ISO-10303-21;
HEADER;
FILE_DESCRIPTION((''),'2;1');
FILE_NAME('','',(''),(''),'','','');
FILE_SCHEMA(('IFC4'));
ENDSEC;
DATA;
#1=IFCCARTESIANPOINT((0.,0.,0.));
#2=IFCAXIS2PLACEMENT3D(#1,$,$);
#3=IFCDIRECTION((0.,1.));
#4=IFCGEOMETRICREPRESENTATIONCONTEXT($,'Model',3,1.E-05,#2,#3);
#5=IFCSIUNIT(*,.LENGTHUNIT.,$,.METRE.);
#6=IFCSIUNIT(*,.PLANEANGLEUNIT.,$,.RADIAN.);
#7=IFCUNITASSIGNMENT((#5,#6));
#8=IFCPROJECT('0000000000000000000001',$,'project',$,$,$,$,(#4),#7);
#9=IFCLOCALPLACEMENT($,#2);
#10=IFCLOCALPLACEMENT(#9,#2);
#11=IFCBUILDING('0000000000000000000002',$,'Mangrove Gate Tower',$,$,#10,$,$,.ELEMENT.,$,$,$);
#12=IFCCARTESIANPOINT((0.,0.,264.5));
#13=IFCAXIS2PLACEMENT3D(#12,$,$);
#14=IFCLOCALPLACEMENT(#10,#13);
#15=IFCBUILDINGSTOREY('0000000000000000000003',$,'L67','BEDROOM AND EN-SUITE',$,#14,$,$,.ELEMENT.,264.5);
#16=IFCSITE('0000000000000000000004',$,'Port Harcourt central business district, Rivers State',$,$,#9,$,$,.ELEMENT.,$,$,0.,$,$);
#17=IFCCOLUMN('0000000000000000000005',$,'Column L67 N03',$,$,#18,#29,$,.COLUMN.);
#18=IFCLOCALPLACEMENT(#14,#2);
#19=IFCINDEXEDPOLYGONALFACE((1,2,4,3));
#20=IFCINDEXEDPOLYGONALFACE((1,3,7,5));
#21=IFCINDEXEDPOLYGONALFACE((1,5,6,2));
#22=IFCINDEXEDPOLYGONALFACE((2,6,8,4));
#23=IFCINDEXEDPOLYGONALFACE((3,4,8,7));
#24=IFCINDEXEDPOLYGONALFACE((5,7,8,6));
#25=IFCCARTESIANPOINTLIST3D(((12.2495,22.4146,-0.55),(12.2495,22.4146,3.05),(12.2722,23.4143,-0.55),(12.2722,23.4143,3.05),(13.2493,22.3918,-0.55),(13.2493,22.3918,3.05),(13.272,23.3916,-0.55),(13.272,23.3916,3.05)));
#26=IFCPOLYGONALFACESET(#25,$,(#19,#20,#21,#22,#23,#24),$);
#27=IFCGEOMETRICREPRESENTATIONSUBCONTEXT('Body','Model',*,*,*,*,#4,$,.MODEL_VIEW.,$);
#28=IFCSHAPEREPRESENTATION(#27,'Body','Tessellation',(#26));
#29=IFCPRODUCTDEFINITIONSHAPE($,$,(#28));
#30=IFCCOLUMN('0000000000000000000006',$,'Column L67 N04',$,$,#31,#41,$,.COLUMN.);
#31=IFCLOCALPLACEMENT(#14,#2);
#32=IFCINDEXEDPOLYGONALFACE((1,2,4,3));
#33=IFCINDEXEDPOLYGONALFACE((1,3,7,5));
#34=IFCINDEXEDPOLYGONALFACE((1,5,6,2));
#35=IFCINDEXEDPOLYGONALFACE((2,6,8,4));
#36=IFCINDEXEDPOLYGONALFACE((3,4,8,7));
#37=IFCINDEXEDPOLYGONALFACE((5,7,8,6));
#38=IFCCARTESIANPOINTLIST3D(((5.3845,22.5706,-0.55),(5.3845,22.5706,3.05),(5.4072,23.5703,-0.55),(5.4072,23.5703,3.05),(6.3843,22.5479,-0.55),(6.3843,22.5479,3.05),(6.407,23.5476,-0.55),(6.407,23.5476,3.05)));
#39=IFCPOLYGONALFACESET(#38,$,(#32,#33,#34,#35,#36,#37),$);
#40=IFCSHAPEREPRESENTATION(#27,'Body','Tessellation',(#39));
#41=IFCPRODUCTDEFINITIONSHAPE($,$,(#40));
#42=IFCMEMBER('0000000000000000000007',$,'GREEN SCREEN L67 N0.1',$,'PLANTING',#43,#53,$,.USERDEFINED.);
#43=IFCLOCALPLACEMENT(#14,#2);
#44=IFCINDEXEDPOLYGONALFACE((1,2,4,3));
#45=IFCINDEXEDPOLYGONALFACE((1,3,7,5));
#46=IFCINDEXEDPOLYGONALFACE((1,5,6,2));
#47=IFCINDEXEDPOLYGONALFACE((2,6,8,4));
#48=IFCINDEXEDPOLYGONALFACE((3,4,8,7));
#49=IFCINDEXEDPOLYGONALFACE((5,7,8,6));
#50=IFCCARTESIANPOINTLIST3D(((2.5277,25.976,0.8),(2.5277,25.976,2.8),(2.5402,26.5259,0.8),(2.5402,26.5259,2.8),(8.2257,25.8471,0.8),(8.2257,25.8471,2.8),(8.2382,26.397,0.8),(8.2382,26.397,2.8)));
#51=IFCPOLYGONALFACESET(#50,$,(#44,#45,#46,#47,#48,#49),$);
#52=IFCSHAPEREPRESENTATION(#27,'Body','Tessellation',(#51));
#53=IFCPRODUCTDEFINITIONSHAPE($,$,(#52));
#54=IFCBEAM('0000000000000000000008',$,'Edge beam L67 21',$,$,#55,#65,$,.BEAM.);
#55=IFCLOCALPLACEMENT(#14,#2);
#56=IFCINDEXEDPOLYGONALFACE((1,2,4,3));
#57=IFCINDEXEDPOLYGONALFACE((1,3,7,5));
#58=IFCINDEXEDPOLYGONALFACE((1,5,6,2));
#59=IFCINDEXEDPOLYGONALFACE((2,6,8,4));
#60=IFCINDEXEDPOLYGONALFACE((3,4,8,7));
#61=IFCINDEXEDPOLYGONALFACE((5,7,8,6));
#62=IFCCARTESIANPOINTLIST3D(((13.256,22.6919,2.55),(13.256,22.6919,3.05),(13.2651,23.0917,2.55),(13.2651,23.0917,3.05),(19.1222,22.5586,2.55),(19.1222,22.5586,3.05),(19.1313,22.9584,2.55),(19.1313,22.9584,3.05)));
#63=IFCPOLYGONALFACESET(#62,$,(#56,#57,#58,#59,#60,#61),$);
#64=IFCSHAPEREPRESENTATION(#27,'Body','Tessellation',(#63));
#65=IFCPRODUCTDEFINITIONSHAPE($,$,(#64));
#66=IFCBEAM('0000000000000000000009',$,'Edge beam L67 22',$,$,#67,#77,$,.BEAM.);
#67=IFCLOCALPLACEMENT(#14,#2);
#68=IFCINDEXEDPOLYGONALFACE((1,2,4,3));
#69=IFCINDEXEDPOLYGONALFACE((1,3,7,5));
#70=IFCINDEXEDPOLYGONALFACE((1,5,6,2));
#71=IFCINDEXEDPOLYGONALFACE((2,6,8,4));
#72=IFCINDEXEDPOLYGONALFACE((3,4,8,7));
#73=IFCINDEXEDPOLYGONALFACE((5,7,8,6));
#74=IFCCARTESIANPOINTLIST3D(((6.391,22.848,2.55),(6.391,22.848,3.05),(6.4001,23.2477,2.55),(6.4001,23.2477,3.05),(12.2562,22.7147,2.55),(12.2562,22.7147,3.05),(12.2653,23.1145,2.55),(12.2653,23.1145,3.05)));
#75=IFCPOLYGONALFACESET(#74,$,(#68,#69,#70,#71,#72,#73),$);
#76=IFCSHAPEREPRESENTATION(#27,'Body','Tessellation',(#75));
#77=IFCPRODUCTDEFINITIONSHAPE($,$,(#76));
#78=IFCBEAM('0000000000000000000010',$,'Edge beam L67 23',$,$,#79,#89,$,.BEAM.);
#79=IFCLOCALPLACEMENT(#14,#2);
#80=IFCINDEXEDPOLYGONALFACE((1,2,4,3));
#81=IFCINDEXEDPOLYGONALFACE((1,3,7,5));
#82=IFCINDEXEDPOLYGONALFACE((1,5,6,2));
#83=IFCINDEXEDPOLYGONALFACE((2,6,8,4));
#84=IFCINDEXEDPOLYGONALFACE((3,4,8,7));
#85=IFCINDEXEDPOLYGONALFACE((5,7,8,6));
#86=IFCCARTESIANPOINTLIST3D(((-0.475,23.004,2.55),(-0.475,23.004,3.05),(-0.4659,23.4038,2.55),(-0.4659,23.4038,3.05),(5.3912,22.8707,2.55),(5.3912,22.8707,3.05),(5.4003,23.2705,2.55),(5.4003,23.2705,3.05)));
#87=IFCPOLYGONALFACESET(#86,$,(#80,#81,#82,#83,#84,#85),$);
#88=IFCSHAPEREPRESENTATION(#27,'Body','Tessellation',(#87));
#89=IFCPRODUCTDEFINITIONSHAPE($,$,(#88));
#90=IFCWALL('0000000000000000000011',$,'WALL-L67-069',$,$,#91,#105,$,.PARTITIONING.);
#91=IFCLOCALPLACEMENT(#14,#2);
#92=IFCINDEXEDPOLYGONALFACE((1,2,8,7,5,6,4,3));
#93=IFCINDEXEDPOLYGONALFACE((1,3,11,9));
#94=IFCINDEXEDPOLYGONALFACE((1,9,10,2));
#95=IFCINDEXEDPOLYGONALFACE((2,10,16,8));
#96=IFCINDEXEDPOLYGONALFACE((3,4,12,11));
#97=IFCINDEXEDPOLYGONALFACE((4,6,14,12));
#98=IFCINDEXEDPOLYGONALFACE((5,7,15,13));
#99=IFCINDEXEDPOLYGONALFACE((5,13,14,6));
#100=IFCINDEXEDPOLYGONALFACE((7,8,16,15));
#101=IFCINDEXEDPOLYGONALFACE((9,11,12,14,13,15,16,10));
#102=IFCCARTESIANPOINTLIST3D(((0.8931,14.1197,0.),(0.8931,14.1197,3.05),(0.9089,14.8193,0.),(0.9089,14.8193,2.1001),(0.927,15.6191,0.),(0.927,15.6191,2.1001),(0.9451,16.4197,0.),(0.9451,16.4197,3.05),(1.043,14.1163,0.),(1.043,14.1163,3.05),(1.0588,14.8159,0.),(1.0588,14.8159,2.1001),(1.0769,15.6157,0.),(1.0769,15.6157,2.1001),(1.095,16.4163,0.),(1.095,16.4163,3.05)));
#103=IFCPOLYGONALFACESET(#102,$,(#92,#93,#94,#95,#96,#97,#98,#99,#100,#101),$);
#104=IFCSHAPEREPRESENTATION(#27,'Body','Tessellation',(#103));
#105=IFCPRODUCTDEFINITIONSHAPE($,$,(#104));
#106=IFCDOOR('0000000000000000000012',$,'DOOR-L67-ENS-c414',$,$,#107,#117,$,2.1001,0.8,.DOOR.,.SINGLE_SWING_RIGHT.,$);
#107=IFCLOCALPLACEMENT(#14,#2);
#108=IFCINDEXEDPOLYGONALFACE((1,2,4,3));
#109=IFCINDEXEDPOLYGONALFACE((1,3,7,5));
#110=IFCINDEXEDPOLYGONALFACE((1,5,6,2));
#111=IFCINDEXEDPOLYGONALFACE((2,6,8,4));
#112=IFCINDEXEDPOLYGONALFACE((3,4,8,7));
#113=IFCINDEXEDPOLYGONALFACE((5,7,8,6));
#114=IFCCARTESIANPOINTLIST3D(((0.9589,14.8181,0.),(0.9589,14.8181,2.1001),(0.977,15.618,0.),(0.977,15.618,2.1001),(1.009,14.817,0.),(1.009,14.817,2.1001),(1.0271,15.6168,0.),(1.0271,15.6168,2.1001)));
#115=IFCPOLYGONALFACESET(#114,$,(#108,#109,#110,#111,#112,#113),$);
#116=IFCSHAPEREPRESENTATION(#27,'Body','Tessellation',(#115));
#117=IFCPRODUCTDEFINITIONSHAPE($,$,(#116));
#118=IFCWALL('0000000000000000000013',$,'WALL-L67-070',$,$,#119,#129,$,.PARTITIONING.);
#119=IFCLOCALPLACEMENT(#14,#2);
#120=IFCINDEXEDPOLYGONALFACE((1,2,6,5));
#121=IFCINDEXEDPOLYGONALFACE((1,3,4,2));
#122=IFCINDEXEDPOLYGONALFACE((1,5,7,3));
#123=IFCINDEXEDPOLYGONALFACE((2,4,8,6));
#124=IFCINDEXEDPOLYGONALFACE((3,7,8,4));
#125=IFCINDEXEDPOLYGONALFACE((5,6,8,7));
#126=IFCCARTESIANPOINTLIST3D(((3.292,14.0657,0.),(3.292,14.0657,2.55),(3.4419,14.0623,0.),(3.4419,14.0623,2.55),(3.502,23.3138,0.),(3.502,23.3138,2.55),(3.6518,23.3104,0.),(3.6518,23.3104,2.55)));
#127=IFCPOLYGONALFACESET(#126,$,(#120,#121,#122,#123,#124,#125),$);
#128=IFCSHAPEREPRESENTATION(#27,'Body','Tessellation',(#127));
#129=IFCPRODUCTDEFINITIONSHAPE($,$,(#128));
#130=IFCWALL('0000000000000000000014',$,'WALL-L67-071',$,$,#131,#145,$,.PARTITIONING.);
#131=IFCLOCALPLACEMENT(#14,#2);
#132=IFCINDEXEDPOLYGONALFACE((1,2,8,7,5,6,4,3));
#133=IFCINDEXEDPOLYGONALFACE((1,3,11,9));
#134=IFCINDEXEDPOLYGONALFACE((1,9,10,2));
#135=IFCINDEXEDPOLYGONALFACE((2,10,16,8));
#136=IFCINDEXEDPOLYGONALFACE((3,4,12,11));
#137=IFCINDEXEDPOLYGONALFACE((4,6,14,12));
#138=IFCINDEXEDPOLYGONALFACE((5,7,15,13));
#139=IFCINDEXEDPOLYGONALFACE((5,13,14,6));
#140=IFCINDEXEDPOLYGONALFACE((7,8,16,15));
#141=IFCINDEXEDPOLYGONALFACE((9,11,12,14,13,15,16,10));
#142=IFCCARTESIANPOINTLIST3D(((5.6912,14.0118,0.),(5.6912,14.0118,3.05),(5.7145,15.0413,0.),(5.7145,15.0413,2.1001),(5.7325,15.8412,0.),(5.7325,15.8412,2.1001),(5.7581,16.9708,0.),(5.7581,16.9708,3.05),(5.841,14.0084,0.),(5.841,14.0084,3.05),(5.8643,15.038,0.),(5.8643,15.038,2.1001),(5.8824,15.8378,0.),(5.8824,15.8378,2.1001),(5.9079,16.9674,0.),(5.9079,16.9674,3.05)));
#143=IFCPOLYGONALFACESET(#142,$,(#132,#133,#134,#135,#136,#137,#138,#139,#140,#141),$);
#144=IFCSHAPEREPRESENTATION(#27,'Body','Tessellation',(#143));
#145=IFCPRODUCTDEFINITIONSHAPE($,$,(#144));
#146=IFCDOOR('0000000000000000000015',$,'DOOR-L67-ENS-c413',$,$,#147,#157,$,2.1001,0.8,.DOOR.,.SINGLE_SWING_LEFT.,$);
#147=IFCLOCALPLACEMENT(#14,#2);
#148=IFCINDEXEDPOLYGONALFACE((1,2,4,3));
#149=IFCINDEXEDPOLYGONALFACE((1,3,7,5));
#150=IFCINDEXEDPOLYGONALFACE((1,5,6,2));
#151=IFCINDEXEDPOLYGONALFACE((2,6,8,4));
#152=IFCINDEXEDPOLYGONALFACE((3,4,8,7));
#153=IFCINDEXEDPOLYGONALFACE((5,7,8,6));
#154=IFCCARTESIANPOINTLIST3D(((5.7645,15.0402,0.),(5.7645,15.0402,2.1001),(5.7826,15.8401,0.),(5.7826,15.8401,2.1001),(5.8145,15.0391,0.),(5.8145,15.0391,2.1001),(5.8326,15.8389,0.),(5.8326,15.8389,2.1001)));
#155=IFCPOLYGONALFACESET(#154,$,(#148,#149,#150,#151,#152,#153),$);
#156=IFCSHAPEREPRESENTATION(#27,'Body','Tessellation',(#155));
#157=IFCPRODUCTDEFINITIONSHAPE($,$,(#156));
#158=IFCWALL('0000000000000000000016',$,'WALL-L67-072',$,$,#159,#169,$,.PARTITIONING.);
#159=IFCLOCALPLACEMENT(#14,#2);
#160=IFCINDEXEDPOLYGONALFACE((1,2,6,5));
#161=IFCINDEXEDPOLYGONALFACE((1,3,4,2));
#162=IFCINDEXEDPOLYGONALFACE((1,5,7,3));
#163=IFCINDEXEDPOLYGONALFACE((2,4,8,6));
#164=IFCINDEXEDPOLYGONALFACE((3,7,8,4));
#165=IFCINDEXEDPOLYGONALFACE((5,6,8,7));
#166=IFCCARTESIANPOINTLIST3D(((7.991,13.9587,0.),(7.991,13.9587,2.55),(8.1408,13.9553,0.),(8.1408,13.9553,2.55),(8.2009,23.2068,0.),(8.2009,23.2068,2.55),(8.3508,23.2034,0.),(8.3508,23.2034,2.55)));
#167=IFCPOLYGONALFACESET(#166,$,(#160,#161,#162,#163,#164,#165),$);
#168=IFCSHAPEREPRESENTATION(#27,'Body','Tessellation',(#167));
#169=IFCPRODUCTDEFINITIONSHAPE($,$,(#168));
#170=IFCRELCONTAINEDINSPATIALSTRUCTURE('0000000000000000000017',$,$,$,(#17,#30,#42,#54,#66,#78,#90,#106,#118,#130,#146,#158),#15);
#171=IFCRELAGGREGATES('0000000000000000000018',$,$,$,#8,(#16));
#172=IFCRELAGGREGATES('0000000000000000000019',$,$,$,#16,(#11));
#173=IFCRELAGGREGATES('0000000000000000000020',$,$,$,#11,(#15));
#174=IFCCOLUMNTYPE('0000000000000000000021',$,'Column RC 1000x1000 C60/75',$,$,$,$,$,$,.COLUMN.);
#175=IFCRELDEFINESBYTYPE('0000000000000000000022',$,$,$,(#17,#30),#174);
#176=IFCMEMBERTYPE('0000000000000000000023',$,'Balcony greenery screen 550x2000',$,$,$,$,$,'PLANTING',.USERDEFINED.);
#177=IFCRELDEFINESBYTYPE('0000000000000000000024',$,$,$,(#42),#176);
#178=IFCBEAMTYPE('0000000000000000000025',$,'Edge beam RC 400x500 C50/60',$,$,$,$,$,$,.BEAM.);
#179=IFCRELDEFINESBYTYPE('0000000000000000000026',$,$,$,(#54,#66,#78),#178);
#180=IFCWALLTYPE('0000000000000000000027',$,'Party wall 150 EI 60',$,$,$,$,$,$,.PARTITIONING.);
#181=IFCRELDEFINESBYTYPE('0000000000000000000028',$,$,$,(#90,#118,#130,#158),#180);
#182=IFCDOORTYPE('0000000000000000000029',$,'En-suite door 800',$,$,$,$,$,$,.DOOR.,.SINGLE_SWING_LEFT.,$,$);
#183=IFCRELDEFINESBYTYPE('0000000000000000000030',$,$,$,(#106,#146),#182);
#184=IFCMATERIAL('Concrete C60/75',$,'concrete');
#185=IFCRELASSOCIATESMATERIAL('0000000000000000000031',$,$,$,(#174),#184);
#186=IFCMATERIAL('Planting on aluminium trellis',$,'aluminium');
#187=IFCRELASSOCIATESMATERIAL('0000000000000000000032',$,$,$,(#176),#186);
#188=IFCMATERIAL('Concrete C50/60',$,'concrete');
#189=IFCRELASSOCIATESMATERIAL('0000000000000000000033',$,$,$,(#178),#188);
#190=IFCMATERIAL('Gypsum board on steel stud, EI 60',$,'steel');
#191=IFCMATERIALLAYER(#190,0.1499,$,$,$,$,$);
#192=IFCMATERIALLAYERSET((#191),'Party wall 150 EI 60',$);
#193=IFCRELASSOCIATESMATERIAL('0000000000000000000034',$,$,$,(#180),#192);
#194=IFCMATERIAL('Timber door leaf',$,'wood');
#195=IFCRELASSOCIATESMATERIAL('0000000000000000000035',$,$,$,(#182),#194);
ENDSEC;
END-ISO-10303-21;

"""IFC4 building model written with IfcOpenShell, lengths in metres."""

from ifc_helpers import new_model, si_unit, direction, frame, frame_2d, origin, origin_2d, place, context, subcontext, project, spatial, rectangle, extrude, material, layer, layer_set, material_profile, profile_set, type_object, element, fill, save


model = new_model("IFC4")

# Units and contexts
model_context = context("Model", 3, precision=1e-05, world=origin(), true_north=direction((0.0, 1.0)))
body_context = subcontext(model_context, "Body", "Model", "MODEL_VIEW")
ifc_project = project(units=[si_unit("LENGTHUNIT", "METRE"), si_unit("PLANEANGLEUNIT", "RADIAN")], contexts=[model_context])

# Site, building, storey
site_placement = place(None, origin())
site = spatial("IfcSite", under=ifc_project, at=site_placement, Name="Port Harcourt central business district, Rivers State", CompositionType="ELEMENT", RefElevation=0.0)
building_placement = place(site_placement, origin())
building = spatial("IfcBuilding", under=site, at=building_placement, Name="Mangrove Gate Tower", CompositionType="ELEMENT")
storey_placement = place(building_placement, frame((0.0, 0.0, 264.5)))
storey = spatial("IfcBuildingStorey", under=building, at=storey_placement, Name="L67", Description="BEDROOM AND EN-SUITE", CompositionType="ELEMENT", Elevation=264.5)

# Columns
ifc_material_1 = material(Name="Concrete C60/75", Category="concrete")
ifc_material_profile_1 = material_profile(ifc_material_1, rectangle(XDim=1.0, YDim=1.0, at=origin_2d()))
ifc_profile_set_1 = profile_set([ifc_material_profile_1], Name="Concrete C60/75")
column_type = type_object("IfcColumnType", Name="Column RC 1000x1000 C60/75", PredefinedType="COLUMN", material=ifc_profile_set_1)
for number, where, z_axis, x_axis, name in (
    (1, (12.7607, 22.9031, -0.55), (0.0, 0.0, 1.0), (-0.999742, 0.022716, 0.0), "Column L67 N03"),
    (2, (5.8958, 23.0591, -0.55), (0.0, 0.0, 1.0), (-0.999742, 0.022716, 0.0), "Column L67 N04"),
):
    element("IfcColumn", number, at=place(storey_placement, frame(where, z_axis=z_axis, x_axis=x_axis)), inside=storey, type_object=column_type, Name=name, PredefinedType="COLUMN", context=body_context, shape_type="SweptSolid", body=[
        extrude(rectangle(XDim=1.0, YDim=1.0, at=origin_2d()), origin(), (0.0, 0.0, 1.0), 3.6001),
    ])

# Member
ifc_material_2 = material(Name="Planting on aluminium trellis", Category="aluminium")
ifc_material_profile_2 = material_profile(ifc_material_2, rectangle(XDim=0.55, YDim=2.0, at=origin_2d()))
ifc_profile_set_2 = profile_set([ifc_material_profile_2], Name="Planting on aluminium trellis")
member_type = type_object("IfcMemberType", Name="Balcony greenery screen 550x2000", ElementType="PLANTING", PredefinedType="USERDEFINED", material=ifc_profile_set_2)
member_placement = place(storey_placement, frame((2.5339, 26.251, 1.8), z_axis=(0.999744, -0.022617, 0.0), x_axis=(0.022617, 0.999744, 0.0)))
element("IfcMember", 3, at=member_placement, inside=storey, type_object=member_type, Name="GREEN SCREEN L67 N0.1", ObjectType="PLANTING", PredefinedType="USERDEFINED", context=body_context, shape_type="SweptSolid", body=[
    extrude(rectangle(XDim=0.55, YDim=2.0, at=origin_2d()), origin(), (0.0, 0.0, 1.0), 5.6995),
])

# Beams
ifc_material_3 = material(Name="Concrete C50/60", Category="concrete")
ifc_material_profile_3 = material_profile(ifc_material_3, rectangle(XDim=0.3999, YDim=0.5, at=origin_2d()))
ifc_profile_set_3 = profile_set([ifc_material_profile_3], Name="Concrete C50/60")
beam_type = type_object("IfcBeamType", Name="Edge beam RC 400x500 C50/60", PredefinedType="BEAM", material=ifc_profile_set_3)
beam_1_placement = place(storey_placement, frame((19.1267, 22.7585, 2.8), z_axis=(-0.999742, 0.022718, 0.0), x_axis=(-0.022718, -0.999742, 0.0)))
element("IfcBeam", 4, at=beam_1_placement, inside=storey, type_object=beam_type, Name="Edge beam L67 21", PredefinedType="BEAM", context=body_context, shape_type="SweptSolid", body=[
    extrude(rectangle(XDim=0.3999, YDim=0.5, at=origin_2d()), origin(), (0.0, 0.0, 1.0), 5.8677),
])
beam_2_placement = place(storey_placement, frame((12.2607, 22.9146, 2.8), z_axis=(-0.999742, 0.022721, 0.0), x_axis=(-0.022721, -0.999742, 0.0)))
element("IfcBeam", 5, at=beam_2_placement, inside=storey, type_object=beam_type, Name="Edge beam L67 22", PredefinedType="BEAM", context=body_context, shape_type="SweptSolid", body=[
    extrude(rectangle(XDim=0.3999, YDim=0.5, at=origin_2d()), origin(), (0.0, 0.0, 1.0), 5.8667),
])
beam_3_placement = place(storey_placement, frame((5.3958, 23.0706, 2.8), z_axis=(-0.999742, 0.022718, 0.0), x_axis=(-0.022718, -0.999742, 0.0)))
element("IfcBeam", 6, at=beam_3_placement, inside=storey, type_object=beam_type, Name="Edge beam L67 23", PredefinedType="BEAM", context=body_context, shape_type="SweptSolid", body=[
    extrude(rectangle(XDim=0.3999, YDim=0.5, at=origin_2d()), origin(), (0.0, 0.0, 1.0), 5.8677),
])

# Wall, opening, door
ifc_material_4 = material(Name="Gypsum board on steel stud, EI 60", Category="steel")
ifc_layer_1 = layer(ifc_material_4, 0.1499)
ifc_layer_set_1 = layer_set([ifc_layer_1], Name="Party wall 150 EI 60")
wall_type_1 = type_object("IfcWallType", Name="Party wall 150 EI 60", PredefinedType="PARTITIONING", material=ifc_layer_set_1)
wall_1_placement = place(storey_placement, frame((0.968, 14.1179, 0.0), z_axis=(0.0, 0.0, 1.0), x_axis=(0.022603, 0.999745, 0.0)))
wall_1 = element("IfcWall", 7, at=wall_1_placement, inside=storey, type_object=wall_type_1, Name="WALL-L67-069", PredefinedType="PARTITIONING", context=body_context, shape_type="SweptSolid", body=[
    extrude(rectangle(XDim=2.3005, YDim=0.1499, at=frame_2d((1.1504, 0.0))), origin(), (0.0, 0.0, 1.0), 3.05),
])
opening_1_placement = place(wall_1_placement, frame((0.7, 0.0, 0.0)))
opening_1 = element("IfcOpeningElement", 8, at=opening_1_placement, cuts=wall_1, PredefinedType="OPENING", context=body_context, shape_type="SweptSolid", body=[
    extrude(rectangle(XDim=0.8, YDim=2.1001, at=frame_2d((0.3999, 1.05))), frame((0.0, 0.085, 0.0), z_axis=(0.0, -1.0, 0.0), x_axis=(1.0, 0.0, 0.0)), (0.0, 0.0, 1.0), 0.1699),
])
ifc_material_5 = material(Name="Timber door leaf", Category="wood")
door_type = type_object("IfcDoorType", Name="En-suite door 800", OperationType="SINGLE_SWING_LEFT", PredefinedType="DOOR", material=ifc_material_5)
door_1_placement = place(opening_1_placement, origin())
door_1 = element("IfcDoor", 9, at=door_1_placement, inside=storey, type_object=door_type, Name="DOOR-L67-ENS-c414", OperationType="SINGLE_SWING_RIGHT", OverallHeight=2.1001, OverallWidth=0.8, PredefinedType="DOOR", context=body_context, shape_type="SweptSolid", body=[
    extrude(rectangle(XDim=0.8, YDim=2.1001, at=frame_2d((0.3999, 1.05))), frame((0.0, 0.0249, 0.0), z_axis=(0.0, -1.0, 0.0), x_axis=(1.0, 0.0, 0.0)), (0.0, 0.0, 1.0), 0.05),
])
fill(opening_1, door_1)

# Wall
wall_2_placement = place(storey_placement, frame((3.3669, 14.064, 0.0), z_axis=(0.0, 0.0, 1.0), x_axis=(0.022697, 0.999742, 0.0)))
element("IfcWall", 10, at=wall_2_placement, inside=storey, type_object=wall_type_1, Name="WALL-L67-070", PredefinedType="PARTITIONING", context=body_context, shape_type="SweptSolid", body=[
    extrude(rectangle(XDim=9.2505, YDim=0.1499, at=frame_2d((4.6252, 0.0))), origin(), (0.0, 0.0, 1.0), 2.55),
])

# Wall, opening, door
wall_3_placement = place(storey_placement, frame((5.7661, 14.01, 0.0), z_axis=(0.0, 0.0, 1.0), x_axis=(0.022601, 0.999745, 0.0)))
wall_3 = element("IfcWall", 11, at=wall_3_placement, inside=storey, type_object=wall_type_1, Name="WALL-L67-071", PredefinedType="PARTITIONING", context=body_context, shape_type="SweptSolid", body=[
    extrude(rectangle(XDim=2.9597, YDim=0.1499, at=frame_2d((1.48, 0.0))), origin(), (0.0, 0.0, 1.0), 3.05),
])
opening_2_placement = place(wall_3_placement, frame((1.03, 0.0, 0.0)))
opening_2 = element("IfcOpeningElement", 12, at=opening_2_placement, cuts=wall_3, PredefinedType="OPENING", context=body_context, shape_type="SweptSolid", body=[
    extrude(rectangle(XDim=0.8, YDim=2.1001, at=frame_2d((0.3999, 1.05))), frame((0.0, 0.085, 0.0), z_axis=(0.0, -1.0, 0.0), x_axis=(1.0, 0.0, 0.0)), (0.0, 0.0, 1.0), 0.1699),
])
door_2_placement = place(opening_2_placement, origin())
door_2 = element("IfcDoor", 13, at=door_2_placement, inside=storey, type_object=door_type, Name="DOOR-L67-ENS-c413", OperationType="SINGLE_SWING_LEFT", OverallHeight=2.1001, OverallWidth=0.8, PredefinedType="DOOR", context=body_context, shape_type="SweptSolid", body=[
    extrude(rectangle(XDim=0.8, YDim=2.1001, at=frame_2d((0.3999, 1.05))), frame((0.0, 0.0249, 0.0), z_axis=(0.0, -1.0, 0.0), x_axis=(1.0, 0.0, 0.0)), (0.0, 0.0, 1.0), 0.05),
])
fill(opening_2, door_2)

# Wall
wall_4_placement = place(storey_placement, frame((8.0659, 13.957, 0.0), z_axis=(0.0, 0.0, 1.0), x_axis=(0.022697, 0.999742, 0.0)))
element("IfcWall", 14, at=wall_4_placement, inside=storey, type_object=wall_type_1, Name="WALL-L67-072", PredefinedType="PARTITIONING", context=body_context, shape_type="SweptSolid", body=[
    extrude(rectangle(XDim=9.2505, YDim=0.1499, at=frame_2d((4.6252, 0.0))), origin(), (0.0, 0.0, 1.0), 2.55),
])

save(model, "model.ifc")
